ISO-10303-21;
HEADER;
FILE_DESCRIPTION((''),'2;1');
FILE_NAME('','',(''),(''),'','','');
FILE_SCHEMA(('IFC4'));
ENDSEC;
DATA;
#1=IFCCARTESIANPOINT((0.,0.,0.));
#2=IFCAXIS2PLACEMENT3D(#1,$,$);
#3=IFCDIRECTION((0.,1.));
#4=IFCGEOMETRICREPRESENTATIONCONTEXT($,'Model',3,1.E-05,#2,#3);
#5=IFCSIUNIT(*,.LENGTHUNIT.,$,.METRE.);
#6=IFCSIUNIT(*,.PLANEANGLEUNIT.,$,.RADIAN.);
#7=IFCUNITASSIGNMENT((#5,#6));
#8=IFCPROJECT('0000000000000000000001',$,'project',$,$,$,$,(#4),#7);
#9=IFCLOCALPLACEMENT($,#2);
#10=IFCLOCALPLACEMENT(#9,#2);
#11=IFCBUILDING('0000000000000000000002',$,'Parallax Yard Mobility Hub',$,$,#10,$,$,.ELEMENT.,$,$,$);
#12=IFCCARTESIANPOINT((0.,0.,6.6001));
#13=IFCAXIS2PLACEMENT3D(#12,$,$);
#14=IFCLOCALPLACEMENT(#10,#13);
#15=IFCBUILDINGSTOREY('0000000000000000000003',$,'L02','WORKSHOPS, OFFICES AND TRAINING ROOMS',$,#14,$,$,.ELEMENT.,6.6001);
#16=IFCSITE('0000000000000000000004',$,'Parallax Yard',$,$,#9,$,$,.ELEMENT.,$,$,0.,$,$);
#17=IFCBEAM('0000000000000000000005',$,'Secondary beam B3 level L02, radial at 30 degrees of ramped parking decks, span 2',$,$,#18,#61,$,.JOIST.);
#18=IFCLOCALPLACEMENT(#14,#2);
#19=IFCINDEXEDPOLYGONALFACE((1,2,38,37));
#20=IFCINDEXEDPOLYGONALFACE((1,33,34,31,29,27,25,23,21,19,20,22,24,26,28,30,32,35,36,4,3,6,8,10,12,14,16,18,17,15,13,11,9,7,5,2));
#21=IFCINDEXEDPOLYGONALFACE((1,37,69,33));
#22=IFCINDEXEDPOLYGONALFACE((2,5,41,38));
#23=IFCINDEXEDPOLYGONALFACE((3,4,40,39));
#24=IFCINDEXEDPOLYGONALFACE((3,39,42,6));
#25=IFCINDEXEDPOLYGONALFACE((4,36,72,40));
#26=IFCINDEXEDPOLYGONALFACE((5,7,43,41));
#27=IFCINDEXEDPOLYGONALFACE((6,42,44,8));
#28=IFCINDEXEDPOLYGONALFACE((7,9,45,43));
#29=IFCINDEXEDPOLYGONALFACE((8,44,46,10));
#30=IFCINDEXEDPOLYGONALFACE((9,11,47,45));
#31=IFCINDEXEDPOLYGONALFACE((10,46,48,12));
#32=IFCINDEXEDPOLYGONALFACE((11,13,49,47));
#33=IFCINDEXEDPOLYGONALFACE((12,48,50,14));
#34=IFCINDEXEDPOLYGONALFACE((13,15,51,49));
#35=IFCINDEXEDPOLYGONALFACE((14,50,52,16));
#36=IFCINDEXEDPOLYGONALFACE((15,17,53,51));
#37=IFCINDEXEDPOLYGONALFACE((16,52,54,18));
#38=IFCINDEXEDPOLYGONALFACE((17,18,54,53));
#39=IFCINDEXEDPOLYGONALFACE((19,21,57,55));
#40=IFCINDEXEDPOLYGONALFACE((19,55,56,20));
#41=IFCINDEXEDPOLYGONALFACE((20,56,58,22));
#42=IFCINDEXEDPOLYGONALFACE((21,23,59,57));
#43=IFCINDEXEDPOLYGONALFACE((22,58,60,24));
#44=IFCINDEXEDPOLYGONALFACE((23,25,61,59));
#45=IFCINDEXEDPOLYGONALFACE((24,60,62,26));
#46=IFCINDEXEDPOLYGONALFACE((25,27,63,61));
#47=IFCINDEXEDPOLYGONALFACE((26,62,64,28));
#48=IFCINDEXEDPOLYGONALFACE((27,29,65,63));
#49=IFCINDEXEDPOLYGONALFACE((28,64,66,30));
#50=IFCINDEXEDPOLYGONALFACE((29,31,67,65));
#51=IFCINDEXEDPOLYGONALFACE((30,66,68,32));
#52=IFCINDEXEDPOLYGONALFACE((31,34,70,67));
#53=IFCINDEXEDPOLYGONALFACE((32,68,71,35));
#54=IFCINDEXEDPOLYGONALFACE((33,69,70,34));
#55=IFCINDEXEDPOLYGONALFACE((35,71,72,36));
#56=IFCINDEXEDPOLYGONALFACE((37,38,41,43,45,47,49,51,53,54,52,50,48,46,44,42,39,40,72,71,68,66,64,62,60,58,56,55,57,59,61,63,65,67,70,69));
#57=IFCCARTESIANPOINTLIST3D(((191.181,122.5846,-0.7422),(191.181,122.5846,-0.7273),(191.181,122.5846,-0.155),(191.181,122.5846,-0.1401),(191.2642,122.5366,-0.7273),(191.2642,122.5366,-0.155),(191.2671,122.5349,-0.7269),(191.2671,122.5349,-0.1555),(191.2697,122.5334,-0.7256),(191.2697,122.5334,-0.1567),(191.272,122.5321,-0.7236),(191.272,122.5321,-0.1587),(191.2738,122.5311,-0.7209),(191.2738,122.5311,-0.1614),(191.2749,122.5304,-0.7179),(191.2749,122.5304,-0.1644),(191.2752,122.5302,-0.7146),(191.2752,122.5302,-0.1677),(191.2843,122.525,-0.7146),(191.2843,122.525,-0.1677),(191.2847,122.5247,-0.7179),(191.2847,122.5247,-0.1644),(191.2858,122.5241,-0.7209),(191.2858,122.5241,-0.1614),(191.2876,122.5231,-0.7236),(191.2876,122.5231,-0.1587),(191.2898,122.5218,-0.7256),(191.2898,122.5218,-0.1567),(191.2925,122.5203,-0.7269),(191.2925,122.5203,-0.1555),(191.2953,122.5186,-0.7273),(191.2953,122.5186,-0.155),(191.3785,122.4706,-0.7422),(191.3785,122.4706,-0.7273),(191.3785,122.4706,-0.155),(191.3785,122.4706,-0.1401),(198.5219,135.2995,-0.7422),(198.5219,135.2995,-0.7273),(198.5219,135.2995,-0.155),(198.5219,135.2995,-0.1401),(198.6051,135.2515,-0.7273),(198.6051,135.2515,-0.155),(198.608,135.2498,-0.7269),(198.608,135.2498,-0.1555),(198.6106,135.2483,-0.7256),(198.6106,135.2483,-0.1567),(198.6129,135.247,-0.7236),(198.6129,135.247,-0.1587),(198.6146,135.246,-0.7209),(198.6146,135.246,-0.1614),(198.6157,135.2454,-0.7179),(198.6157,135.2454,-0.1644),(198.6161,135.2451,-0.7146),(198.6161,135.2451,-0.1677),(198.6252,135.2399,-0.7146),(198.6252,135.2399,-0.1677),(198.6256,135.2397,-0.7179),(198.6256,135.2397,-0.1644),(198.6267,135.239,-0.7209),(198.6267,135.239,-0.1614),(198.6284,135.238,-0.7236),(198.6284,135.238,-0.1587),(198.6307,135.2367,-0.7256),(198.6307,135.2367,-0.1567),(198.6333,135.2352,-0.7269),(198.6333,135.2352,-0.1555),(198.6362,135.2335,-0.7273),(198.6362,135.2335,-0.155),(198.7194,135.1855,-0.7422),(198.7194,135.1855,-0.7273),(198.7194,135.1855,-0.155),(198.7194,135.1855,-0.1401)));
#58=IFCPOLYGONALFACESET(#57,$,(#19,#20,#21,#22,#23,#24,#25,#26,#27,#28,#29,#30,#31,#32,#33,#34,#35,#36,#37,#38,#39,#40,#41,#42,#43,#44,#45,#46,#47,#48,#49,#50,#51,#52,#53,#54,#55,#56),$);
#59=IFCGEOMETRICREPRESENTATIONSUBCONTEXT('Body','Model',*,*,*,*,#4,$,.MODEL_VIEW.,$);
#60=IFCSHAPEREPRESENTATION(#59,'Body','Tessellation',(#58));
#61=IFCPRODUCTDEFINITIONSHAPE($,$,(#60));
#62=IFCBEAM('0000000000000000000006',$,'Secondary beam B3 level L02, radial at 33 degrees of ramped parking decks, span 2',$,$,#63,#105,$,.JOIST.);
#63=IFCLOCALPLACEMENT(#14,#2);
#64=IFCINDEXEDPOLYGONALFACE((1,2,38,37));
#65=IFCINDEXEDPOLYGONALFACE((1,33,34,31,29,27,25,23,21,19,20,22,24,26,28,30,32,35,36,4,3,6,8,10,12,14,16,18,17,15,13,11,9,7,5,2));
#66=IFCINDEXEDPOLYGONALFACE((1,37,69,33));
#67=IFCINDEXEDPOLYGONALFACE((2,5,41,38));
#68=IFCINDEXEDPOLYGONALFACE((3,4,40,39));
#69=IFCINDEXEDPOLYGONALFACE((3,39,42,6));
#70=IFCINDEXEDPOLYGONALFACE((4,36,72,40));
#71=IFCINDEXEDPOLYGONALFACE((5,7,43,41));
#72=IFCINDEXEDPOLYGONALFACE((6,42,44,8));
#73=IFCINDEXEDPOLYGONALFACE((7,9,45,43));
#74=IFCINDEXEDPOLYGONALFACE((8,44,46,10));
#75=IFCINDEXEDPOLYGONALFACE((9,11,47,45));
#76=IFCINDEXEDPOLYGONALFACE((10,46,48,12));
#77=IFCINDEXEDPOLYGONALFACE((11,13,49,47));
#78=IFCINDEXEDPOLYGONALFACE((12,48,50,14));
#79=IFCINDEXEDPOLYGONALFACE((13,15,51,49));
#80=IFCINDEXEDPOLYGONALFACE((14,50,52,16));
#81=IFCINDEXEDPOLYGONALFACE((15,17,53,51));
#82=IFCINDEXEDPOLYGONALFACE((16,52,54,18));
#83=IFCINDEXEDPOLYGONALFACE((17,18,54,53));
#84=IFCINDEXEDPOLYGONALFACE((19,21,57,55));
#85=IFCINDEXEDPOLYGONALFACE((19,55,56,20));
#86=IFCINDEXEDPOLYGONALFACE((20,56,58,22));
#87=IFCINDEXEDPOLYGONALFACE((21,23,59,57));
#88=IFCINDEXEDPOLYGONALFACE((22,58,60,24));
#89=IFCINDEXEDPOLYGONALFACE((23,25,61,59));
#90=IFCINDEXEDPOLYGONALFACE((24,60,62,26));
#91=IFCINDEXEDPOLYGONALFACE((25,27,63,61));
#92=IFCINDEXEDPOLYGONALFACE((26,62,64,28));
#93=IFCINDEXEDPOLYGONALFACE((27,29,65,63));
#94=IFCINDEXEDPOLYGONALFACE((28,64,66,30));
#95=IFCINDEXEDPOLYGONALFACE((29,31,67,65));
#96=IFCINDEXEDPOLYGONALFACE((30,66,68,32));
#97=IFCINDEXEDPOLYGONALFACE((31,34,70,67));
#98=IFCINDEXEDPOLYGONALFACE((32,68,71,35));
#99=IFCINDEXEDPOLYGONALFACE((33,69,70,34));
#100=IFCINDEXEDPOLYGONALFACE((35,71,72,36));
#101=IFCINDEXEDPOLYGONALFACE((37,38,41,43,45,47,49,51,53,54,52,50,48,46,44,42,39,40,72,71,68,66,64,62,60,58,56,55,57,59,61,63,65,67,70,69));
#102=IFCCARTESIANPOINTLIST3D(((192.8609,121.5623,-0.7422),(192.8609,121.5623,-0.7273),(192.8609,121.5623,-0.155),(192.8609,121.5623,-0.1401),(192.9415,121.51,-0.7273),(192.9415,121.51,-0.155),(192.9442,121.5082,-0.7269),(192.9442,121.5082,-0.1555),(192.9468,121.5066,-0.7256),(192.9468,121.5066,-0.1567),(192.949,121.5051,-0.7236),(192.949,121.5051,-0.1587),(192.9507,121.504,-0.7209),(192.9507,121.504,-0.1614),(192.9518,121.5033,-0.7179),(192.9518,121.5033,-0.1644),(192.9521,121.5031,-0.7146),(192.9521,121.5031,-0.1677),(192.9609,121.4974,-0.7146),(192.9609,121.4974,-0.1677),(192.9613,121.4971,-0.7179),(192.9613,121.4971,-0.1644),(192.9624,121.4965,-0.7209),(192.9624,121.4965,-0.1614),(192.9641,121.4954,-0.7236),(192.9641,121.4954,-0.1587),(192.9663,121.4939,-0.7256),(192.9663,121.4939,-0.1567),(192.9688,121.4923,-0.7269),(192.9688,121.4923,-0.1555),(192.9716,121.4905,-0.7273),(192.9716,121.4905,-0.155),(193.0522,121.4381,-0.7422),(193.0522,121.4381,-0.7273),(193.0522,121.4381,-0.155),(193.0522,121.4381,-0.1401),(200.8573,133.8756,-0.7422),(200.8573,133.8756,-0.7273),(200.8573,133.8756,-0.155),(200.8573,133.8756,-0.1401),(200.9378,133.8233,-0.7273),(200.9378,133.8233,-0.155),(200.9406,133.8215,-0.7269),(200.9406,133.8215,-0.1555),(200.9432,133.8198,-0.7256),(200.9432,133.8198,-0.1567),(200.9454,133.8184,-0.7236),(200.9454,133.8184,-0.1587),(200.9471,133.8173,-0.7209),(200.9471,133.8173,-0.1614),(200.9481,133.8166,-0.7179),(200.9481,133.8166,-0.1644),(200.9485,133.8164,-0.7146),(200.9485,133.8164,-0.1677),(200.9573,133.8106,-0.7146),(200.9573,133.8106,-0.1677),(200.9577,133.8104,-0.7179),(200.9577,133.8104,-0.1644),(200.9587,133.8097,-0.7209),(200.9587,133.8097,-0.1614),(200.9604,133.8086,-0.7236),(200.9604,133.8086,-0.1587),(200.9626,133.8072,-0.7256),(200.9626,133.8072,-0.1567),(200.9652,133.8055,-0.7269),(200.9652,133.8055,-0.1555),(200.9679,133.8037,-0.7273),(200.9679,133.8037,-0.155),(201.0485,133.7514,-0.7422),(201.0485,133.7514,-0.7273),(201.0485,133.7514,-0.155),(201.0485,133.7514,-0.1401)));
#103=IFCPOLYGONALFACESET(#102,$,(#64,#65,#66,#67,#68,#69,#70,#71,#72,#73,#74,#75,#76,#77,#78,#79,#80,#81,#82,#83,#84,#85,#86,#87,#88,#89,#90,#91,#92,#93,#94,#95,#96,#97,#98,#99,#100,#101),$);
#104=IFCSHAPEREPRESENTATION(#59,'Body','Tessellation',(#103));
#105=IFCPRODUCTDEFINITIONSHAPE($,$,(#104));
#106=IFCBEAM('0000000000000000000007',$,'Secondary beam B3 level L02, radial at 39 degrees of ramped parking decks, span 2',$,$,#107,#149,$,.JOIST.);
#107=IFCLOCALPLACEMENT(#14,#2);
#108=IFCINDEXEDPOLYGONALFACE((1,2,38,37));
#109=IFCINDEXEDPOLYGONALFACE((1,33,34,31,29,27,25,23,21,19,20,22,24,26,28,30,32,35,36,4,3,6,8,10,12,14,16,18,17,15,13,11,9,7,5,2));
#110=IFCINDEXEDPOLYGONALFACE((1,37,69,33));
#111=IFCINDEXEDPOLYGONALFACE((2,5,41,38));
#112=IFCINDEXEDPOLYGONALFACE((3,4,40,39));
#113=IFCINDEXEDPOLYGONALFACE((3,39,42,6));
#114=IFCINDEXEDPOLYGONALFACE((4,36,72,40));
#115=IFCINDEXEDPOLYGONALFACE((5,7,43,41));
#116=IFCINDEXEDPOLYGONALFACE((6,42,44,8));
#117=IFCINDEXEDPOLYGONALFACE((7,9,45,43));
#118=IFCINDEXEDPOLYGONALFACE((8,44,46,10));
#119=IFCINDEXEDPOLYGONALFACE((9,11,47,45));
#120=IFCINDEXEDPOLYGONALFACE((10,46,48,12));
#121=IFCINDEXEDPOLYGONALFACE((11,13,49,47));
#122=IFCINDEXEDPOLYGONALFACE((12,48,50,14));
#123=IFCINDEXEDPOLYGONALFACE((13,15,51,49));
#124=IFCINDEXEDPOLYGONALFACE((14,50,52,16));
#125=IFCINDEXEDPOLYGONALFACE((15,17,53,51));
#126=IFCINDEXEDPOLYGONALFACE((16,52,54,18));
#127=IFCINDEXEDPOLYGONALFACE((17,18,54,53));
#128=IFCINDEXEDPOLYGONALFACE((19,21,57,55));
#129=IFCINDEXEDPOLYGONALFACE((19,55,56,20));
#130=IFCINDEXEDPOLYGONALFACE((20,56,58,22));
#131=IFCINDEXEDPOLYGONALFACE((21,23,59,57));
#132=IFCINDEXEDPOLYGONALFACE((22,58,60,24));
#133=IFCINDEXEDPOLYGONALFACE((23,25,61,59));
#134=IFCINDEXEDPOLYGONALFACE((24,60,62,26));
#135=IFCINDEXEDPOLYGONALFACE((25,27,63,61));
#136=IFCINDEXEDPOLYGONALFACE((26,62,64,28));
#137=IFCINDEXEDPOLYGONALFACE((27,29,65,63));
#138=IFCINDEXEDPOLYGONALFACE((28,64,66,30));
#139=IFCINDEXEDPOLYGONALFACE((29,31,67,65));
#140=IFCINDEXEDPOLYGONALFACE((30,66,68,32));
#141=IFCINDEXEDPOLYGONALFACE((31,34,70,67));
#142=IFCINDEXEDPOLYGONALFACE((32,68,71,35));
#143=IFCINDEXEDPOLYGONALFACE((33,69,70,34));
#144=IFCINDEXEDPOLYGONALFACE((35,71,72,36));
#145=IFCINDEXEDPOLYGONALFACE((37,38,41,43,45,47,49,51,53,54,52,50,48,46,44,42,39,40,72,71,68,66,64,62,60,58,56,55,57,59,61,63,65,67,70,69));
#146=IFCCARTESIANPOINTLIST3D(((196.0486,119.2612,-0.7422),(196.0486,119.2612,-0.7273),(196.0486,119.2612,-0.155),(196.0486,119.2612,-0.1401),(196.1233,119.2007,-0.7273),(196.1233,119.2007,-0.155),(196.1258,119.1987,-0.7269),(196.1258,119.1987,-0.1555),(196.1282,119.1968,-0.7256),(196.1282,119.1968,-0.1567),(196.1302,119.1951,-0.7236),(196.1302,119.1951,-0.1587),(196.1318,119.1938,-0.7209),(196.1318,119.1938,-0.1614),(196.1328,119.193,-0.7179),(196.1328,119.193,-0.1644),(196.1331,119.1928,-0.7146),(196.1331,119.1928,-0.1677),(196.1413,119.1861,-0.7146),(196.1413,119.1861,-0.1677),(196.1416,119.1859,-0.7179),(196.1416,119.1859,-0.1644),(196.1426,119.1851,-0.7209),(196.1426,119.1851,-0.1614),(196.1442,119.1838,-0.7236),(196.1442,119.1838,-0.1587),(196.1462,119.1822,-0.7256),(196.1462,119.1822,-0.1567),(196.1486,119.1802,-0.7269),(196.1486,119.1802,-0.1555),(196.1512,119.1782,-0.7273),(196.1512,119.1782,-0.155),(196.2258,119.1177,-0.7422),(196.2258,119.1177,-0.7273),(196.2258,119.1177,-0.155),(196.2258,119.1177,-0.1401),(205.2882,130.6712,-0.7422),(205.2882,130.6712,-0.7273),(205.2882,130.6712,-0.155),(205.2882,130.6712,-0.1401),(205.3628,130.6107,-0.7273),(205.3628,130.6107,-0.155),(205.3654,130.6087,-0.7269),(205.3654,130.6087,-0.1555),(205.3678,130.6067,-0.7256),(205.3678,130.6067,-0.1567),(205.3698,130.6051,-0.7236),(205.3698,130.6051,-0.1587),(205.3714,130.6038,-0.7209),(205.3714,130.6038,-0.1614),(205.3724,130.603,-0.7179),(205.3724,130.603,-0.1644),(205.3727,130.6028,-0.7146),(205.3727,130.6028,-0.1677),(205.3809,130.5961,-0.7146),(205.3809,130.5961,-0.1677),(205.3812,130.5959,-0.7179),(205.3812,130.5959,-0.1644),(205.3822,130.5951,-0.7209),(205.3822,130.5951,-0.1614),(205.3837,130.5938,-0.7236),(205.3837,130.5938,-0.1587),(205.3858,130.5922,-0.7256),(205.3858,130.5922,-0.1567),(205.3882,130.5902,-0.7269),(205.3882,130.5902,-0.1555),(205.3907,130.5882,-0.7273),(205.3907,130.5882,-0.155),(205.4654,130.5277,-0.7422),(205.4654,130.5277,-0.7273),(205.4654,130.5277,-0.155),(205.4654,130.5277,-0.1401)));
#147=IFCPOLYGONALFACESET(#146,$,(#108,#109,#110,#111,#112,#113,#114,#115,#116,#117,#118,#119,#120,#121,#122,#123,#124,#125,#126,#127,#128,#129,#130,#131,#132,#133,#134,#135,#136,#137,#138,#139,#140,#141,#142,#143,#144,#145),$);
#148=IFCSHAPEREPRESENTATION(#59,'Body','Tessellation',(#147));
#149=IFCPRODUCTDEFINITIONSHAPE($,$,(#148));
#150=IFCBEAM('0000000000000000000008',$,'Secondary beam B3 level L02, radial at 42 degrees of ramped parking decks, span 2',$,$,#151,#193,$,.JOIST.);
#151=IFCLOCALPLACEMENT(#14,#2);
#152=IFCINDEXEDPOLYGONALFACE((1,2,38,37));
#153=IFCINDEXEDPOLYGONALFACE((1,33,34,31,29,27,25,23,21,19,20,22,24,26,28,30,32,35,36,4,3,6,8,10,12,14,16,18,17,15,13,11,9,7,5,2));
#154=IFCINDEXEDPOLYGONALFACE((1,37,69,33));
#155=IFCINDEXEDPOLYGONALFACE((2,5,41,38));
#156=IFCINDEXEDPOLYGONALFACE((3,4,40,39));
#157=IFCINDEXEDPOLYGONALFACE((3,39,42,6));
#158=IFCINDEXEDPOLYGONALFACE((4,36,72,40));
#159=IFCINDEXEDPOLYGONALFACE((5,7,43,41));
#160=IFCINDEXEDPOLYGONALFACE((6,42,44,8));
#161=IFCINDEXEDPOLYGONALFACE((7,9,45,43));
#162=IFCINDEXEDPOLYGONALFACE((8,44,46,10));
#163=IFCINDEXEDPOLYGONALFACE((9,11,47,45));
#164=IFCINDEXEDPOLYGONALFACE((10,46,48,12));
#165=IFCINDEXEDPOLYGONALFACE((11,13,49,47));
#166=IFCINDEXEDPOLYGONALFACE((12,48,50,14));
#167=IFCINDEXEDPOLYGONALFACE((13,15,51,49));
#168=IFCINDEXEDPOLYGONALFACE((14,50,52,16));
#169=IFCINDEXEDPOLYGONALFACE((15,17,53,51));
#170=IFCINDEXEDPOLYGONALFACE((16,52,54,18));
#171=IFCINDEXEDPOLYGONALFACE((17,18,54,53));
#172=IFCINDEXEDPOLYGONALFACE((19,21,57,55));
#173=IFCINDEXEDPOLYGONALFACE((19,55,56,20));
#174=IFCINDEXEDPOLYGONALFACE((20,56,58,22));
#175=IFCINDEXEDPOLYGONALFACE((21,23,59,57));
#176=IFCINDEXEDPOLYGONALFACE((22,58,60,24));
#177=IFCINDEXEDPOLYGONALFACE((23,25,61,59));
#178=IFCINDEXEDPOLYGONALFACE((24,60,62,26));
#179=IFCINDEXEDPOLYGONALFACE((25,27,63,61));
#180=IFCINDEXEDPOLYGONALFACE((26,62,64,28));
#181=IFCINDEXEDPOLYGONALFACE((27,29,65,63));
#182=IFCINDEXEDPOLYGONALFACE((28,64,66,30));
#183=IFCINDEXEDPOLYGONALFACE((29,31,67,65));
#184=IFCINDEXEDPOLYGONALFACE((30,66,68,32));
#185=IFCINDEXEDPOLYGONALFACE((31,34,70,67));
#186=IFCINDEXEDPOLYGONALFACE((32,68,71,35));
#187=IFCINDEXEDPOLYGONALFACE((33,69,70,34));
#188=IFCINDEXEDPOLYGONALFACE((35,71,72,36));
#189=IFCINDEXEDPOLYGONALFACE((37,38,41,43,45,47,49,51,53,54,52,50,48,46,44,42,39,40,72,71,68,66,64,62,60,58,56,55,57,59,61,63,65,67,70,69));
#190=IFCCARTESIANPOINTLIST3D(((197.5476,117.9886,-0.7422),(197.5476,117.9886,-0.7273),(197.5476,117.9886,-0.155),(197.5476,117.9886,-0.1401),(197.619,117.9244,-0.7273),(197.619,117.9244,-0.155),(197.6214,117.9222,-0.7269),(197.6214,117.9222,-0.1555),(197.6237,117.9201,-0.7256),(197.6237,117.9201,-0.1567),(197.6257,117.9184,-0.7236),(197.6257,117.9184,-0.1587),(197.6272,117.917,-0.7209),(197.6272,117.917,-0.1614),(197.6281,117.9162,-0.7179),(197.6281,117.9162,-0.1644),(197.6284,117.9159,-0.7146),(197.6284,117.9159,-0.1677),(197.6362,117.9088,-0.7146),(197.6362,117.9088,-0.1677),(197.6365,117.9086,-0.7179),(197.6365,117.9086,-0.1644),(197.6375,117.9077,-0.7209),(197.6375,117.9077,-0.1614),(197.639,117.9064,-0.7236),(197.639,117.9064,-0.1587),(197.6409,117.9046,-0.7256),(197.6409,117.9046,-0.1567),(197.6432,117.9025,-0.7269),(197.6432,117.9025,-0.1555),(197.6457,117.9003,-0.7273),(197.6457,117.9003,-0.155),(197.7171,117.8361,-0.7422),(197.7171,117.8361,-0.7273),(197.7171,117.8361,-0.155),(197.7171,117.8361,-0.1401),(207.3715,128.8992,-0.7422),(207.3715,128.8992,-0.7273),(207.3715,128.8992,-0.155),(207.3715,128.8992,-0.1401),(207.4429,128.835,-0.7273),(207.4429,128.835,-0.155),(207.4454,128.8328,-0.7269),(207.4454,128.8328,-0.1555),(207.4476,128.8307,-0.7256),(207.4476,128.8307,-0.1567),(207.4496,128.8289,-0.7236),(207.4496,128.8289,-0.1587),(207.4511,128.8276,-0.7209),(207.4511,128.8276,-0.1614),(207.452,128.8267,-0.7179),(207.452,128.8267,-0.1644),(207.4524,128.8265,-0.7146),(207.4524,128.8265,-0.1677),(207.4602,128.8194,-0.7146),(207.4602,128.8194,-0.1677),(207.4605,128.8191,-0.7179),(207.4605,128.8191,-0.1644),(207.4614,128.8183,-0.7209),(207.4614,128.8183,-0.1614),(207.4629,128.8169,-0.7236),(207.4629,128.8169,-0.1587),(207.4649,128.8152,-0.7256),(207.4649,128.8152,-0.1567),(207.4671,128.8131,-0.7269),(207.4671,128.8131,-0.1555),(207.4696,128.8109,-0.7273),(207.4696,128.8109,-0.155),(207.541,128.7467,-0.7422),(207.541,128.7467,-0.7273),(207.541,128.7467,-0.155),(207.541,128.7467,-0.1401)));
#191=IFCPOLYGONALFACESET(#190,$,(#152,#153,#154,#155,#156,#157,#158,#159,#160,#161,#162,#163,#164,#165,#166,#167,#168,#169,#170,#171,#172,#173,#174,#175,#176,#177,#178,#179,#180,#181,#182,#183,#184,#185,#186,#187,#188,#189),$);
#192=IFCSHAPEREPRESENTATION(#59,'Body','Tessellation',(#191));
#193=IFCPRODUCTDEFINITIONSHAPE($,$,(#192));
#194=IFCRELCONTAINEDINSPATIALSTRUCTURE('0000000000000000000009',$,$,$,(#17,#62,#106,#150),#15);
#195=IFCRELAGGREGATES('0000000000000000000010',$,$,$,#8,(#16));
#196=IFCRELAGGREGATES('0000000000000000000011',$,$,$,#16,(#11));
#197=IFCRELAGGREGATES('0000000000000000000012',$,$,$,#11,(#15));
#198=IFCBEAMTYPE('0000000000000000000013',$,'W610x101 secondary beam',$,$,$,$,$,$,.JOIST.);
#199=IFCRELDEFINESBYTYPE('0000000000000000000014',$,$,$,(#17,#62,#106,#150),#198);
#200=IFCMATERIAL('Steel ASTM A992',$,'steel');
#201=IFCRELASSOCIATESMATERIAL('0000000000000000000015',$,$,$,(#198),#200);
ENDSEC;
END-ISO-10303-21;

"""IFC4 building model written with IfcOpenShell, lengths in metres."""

from ifc_helpers import new_model, si_unit, direction, frame, origin, origin_2d, place, context, subcontext, project, spatial, i_section, extrude, material, material_profile, profile_set, type_object, element, save


model = new_model("IFC4")

# Units and contexts
model_context = context("Model", 3, precision=1e-05, world=origin(), true_north=direction((0.0, 1.0)))
body_context = subcontext(model_context, "Body", "Model", "MODEL_VIEW")
ifc_project = project(units=[si_unit("LENGTHUNIT", "METRE"), si_unit("PLANEANGLEUNIT", "RADIAN")], contexts=[model_context])

# Site, building, storey
site_placement = place(None, origin())
site = spatial("IfcSite", under=ifc_project, at=site_placement, Name="Parallax Yard", CompositionType="ELEMENT", RefElevation=0.0)
building_placement = place(site_placement, origin())
building = spatial("IfcBuilding", under=site, at=building_placement, Name="Parallax Yard Mobility Hub", CompositionType="ELEMENT")
storey_placement = place(building_placement, frame((0.0, 0.0, 6.6001)))
storey = spatial("IfcBuildingStorey", under=building, at=storey_placement, Name="L02", Description="WORKSHOPS, OFFICES AND TRAINING ROOMS", CompositionType="ELEMENT", Elevation=6.6001)

# Shared definitions
ifc_material_1 = material(Name="Steel ASTM A992", Category="steel")

# Beams
ifc_material_profile_1 = material_profile(ifc_material_1, i_section(OverallWidth=0.228, OverallDepth=0.6021, WebThickness=0.0105, FlangeThickness=0.0149, FilletRadius=0.0127, at=origin_2d()), Name="W610x101")
ifc_profile_set_1 = profile_set([ifc_material_profile_1], Name="Steel ASTM A992")
beam_type_1 = type_object("IfcBeamType", Name="W610x101 secondary beam", PredefinedType="JOIST", material=ifc_profile_set_1)
for number, where, z_axis, x_axis, name in (
    (1, (191.2798, 122.5276, -0.4412), (0.499995, 0.866028, 0.0), (-0.866028, 0.499995, 0.0), "Secondary beam B3 level L02, radial at 30 degrees of ramped parking decks, span 2"),
    (2, (192.9565, 121.5002, -0.4412), (0.544641, 0.83867, 0.0), (-0.83867, 0.544641, 0.0), "Secondary beam B3 level L02, radial at 33 degrees of ramped parking decks, span 2"),
    (3, (196.1372, 119.1895, -0.4412), (0.629318, 0.777148, 0.0), (-0.777148, 0.629318, 0.0), "Secondary beam B3 level L02, radial at 39 degrees of ramped parking decks, span 2"),
):
    element("IfcBeam", number, at=place(storey_placement, frame(where, z_axis=z_axis, x_axis=x_axis)), inside=storey, type_object=beam_type_1, Name=name, PredefinedType="JOIST", context=body_context, shape_type="SweptSolid", body=[
        extrude(i_section(OverallWidth=0.228, OverallDepth=0.6021, WebThickness=0.0105, FlangeThickness=0.0149, FilletRadius=0.0127, at=origin_2d()), origin(), (0.0, 0.0, 1.0), 14.6819),
    ])
for number, where, z_axis, x_axis, name in (
    (4, (197.6323, 117.9124, -0.4412), (0.66913, 0.743145, 0.0), (-0.743145, 0.66913, 0.0), "Secondary beam B3 level L02, radial at 42 degrees of ramped parking decks, span 2"),
):
    element("IfcBeam", number, at=place(storey_placement, frame(where, z_axis=z_axis, x_axis=x_axis)), inside=storey, type_object=beam_type_1, Name=name, PredefinedType="JOIST", context=body_context, shape_type="SweptSolid", body=[
        extrude(i_section(OverallWidth=0.228, OverallDepth=0.6021, WebThickness=0.0105, FlangeThickness=0.0149, FilletRadius=0.0127, at=origin_2d()), origin(), (0.0, 0.0, 1.0), 14.6816),
    ])

save(model, "model.ifc")
